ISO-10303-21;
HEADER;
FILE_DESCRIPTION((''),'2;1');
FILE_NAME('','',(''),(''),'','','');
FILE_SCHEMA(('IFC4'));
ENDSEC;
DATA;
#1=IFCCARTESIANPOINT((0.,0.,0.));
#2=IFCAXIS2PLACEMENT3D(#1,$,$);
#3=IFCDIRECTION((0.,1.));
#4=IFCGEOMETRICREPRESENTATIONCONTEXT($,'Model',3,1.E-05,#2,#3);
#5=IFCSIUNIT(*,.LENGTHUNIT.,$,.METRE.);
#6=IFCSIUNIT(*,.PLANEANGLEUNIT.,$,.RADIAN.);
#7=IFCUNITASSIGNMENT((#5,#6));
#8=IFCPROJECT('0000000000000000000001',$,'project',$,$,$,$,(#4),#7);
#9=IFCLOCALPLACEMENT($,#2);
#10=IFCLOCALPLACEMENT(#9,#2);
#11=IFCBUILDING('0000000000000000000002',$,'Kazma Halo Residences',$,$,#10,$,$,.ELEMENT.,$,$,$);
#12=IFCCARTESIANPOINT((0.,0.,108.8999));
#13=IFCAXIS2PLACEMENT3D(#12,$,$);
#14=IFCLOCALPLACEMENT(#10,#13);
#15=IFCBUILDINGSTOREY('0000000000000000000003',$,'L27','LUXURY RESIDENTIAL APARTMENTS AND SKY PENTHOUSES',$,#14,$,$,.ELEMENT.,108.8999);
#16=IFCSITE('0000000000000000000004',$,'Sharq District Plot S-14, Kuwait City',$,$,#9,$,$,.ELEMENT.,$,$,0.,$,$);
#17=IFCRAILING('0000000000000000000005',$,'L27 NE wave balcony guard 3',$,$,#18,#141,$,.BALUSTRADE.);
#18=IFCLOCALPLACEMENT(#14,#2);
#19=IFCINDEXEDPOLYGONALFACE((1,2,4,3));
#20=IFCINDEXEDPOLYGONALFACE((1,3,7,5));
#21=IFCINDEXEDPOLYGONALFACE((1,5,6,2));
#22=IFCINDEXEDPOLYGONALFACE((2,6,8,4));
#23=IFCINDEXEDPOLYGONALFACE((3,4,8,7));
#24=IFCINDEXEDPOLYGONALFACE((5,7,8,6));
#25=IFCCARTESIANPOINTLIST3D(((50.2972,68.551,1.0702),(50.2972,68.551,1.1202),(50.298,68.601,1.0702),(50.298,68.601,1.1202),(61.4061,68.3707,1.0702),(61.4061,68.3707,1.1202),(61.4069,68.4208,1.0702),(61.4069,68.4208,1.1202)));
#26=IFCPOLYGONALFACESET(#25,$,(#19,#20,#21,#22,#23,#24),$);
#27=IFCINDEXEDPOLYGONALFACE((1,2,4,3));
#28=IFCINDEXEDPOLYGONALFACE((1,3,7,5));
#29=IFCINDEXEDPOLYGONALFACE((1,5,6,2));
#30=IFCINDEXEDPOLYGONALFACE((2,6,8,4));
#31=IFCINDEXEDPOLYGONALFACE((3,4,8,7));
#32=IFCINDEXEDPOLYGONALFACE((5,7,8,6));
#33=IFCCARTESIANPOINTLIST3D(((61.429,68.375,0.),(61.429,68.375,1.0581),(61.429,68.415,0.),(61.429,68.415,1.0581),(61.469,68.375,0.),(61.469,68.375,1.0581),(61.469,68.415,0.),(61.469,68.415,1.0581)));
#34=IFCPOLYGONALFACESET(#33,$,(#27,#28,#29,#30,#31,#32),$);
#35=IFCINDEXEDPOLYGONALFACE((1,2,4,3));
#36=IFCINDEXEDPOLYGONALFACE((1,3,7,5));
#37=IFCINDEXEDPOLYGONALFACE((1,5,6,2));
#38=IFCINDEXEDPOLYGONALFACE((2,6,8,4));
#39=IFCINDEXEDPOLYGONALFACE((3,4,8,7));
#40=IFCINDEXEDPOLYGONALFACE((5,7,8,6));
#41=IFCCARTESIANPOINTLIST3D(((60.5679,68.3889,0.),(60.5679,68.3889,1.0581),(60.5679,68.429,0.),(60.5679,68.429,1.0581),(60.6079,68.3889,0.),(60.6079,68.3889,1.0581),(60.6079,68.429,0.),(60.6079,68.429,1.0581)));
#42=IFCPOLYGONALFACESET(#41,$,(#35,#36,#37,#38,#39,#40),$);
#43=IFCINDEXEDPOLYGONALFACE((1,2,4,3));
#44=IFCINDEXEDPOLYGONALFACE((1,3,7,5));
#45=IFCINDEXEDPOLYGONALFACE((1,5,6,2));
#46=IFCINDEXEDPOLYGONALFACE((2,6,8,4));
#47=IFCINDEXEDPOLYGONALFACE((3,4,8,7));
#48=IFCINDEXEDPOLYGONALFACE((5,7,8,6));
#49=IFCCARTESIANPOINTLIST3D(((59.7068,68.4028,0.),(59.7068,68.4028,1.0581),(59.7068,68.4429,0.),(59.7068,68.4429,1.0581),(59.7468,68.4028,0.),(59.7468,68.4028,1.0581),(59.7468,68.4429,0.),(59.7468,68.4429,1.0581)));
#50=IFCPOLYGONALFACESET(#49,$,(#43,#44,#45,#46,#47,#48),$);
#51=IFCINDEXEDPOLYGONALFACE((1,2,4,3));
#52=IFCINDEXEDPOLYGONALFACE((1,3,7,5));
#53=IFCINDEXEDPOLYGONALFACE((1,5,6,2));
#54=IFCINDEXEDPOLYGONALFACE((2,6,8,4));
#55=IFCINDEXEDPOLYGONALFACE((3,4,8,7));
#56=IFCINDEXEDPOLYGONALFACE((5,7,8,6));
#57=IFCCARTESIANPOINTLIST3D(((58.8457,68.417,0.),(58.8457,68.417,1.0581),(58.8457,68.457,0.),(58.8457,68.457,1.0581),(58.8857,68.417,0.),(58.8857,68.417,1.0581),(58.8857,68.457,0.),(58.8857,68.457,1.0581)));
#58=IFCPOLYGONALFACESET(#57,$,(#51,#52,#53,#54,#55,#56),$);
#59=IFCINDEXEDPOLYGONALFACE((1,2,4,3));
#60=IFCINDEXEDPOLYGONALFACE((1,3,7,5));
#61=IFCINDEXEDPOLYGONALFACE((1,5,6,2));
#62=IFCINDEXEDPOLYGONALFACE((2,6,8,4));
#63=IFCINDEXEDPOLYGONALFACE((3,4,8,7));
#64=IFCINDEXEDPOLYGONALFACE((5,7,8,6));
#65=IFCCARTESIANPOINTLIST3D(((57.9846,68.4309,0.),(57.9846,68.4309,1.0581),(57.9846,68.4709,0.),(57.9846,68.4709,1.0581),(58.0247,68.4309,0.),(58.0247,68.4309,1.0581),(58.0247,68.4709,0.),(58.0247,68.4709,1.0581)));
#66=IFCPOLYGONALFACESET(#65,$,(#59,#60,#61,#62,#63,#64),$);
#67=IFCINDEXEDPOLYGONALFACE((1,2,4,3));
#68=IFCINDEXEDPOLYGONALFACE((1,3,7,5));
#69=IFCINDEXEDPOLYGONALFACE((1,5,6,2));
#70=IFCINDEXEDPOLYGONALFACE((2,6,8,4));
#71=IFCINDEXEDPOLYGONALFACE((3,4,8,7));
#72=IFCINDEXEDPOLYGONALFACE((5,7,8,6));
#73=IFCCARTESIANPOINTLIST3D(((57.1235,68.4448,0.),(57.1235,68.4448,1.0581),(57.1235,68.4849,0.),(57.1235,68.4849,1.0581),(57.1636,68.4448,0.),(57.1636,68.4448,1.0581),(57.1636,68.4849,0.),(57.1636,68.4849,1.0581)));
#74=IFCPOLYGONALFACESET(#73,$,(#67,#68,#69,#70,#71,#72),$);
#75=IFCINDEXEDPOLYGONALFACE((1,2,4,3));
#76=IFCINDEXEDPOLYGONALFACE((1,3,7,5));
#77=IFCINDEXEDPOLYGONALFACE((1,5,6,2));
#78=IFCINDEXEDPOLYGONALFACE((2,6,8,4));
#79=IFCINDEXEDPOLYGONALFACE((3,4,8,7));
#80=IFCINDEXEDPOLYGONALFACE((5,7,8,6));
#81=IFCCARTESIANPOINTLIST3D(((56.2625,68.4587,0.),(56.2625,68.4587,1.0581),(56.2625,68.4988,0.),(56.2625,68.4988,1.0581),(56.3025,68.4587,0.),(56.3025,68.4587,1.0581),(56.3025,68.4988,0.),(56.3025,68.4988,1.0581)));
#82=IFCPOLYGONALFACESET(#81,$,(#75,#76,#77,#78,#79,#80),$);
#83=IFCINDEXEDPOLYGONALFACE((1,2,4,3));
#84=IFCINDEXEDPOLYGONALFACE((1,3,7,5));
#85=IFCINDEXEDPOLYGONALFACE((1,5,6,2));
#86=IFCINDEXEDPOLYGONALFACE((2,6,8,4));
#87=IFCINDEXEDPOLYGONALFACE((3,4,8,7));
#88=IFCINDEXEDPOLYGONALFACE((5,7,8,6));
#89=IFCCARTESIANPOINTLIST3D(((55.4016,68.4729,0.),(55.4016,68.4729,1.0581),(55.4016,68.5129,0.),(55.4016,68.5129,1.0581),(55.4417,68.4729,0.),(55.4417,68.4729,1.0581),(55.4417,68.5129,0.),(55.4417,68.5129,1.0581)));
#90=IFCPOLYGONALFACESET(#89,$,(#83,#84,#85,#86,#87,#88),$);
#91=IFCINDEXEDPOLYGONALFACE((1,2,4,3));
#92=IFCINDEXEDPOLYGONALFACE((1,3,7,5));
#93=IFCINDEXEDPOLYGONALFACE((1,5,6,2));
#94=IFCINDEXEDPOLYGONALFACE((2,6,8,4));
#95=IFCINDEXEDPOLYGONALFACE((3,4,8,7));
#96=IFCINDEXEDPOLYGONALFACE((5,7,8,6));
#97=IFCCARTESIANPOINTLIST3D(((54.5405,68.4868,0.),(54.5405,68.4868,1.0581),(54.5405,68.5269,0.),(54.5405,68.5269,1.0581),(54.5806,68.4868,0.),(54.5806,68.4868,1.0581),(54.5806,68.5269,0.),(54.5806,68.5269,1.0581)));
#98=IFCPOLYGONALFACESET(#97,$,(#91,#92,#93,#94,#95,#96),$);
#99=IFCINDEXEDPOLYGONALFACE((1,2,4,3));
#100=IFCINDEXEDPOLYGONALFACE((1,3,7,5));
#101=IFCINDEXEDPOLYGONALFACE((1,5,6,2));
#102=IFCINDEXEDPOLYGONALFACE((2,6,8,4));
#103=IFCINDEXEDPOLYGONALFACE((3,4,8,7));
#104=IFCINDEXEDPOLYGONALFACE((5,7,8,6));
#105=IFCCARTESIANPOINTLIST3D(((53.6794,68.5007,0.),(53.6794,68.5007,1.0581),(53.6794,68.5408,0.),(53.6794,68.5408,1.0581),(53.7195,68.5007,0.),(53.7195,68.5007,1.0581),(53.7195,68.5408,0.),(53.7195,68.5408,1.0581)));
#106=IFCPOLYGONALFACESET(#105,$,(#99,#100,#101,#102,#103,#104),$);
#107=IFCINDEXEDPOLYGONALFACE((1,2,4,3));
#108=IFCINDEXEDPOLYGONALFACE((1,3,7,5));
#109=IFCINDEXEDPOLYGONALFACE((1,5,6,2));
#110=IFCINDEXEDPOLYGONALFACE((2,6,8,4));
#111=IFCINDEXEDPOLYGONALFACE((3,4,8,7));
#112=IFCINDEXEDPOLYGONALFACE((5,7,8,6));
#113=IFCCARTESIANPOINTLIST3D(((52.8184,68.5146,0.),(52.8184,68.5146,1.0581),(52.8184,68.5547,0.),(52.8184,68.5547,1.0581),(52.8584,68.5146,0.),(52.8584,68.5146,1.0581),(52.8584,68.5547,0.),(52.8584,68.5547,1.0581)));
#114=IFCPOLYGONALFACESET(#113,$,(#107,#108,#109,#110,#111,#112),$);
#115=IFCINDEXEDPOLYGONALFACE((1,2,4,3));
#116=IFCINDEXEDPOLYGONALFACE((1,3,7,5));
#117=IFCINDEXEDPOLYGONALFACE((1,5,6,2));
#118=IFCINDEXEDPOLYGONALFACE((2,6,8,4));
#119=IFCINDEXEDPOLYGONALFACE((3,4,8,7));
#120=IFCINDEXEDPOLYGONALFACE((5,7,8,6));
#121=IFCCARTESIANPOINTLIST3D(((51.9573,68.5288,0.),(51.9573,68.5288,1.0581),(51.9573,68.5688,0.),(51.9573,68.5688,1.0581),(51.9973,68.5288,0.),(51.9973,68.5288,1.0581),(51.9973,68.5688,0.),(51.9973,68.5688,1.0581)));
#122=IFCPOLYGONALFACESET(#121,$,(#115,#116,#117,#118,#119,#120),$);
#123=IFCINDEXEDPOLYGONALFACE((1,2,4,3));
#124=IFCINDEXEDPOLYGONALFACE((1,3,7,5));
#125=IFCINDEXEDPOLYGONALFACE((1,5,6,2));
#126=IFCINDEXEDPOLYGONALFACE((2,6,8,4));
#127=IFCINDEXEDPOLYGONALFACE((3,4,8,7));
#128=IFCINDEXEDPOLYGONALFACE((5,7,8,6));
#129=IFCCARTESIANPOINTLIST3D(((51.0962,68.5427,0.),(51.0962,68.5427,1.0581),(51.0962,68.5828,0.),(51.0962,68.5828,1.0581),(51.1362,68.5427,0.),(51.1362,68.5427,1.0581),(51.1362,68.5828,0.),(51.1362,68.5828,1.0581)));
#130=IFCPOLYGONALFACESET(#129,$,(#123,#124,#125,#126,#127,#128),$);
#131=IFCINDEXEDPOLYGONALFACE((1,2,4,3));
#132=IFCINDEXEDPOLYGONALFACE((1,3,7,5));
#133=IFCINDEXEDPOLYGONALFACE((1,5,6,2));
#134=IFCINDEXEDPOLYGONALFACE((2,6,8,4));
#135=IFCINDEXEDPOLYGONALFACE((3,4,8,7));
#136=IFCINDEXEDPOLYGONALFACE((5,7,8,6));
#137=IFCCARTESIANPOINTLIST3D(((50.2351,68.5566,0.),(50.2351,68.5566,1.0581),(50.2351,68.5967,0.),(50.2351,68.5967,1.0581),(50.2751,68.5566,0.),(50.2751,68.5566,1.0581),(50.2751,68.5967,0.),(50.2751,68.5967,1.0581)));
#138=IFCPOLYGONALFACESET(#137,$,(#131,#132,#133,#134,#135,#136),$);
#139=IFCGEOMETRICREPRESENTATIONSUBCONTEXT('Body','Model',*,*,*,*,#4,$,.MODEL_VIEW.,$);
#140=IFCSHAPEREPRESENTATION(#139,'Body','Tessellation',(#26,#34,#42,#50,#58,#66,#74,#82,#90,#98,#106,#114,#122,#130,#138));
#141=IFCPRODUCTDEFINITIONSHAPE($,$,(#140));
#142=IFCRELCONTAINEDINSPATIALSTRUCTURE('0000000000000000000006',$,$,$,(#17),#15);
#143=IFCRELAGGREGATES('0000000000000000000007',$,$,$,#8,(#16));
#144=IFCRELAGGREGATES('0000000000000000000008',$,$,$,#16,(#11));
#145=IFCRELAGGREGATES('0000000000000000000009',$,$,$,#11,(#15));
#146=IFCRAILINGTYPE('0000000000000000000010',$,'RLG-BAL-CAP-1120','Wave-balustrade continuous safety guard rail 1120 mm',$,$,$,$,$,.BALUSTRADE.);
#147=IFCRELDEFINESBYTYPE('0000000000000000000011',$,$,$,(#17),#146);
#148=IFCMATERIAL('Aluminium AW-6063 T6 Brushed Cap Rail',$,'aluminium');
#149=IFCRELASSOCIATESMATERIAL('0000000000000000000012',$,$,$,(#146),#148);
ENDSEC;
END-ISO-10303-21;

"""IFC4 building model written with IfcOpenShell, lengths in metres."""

from ifc_helpers import new_model, si_unit, direction, frame, origin, origin_2d, place, context, subcontext, project, spatial, rectangle, extrude, material, type_object, element, save


model = new_model("IFC4")

# Units and contexts
model_context = context("Model", 3, precision=1e-05, world=origin(), true_north=direction((0.0, 1.0)))
body_context = subcontext(model_context, "Body", "Model", "MODEL_VIEW")
ifc_project = project(units=[si_unit("LENGTHUNIT", "METRE"), si_unit("PLANEANGLEUNIT", "RADIAN")], contexts=[model_context])

# Site, building, storey
site_placement = place(None, origin())
site = spatial("IfcSite", under=ifc_project, at=site_placement, Name="Sharq District Plot S-14, Kuwait City", CompositionType="ELEMENT", RefElevation=0.0)
building_placement = place(site_placement, origin())
building = spatial("IfcBuilding", under=site, at=building_placement, Name="Kazma Halo Residences", CompositionType="ELEMENT")
storey_placement = place(building_placement, frame((0.0, 0.0, 108.8999)))
storey = spatial("IfcBuildingStorey", under=building, at=storey_placement, Name="L27", Description="LUXURY RESIDENTIAL APARTMENTS AND SKY PENTHOUSES", CompositionType="ELEMENT", Elevation=108.8999)

# Railing
ifc_material_1 = material(Name="Aluminium AW-6063 T6 Brushed Cap Rail", Category="aluminium")
railing_type = type_object("IfcRailingType", Name="RLG-BAL-CAP-1120", Description="Wave-balustrade continuous safety guard rail 1120 mm", PredefinedType="BALUSTRADE", material=ifc_material_1)
railing_1_placement = place(storey_placement, frame((61.449, 68.395, 0.0)))
element("IfcRailing", 1, at=railing_1_placement, inside=storey, type_object=railing_type, Name="L27 NE wave balcony guard 3", PredefinedType="BALUSTRADE", context=body_context, shape_type="SweptSolid", body=[
    extrude(rectangle(XDim=0.05, YDim=0.05, at=origin_2d()), frame((-0.0425, 0.0007, 1.0952), z_axis=(-0.999868, 0.016225, 0.0), x_axis=(-0.016225, -0.999868, 0.0)), (0.0, 0.0, 1.0), 11.1104),
    extrude(rectangle(XDim=0.04, YDim=0.04, at=origin_2d()), origin(), (0.0, 0.0, 1.0), 1.0581),
    extrude(rectangle(XDim=0.04, YDim=0.04, at=origin_2d()), frame((-0.8611, 0.0139, 0.0)), (0.0, 0.0, 1.0), 1.0581),
    extrude(rectangle(XDim=0.04, YDim=0.04, at=origin_2d()), frame((-1.7222, 0.0278, 0.0)), (0.0, 0.0, 1.0), 1.0581),
    extrude(rectangle(XDim=0.04, YDim=0.04, at=origin_2d()), frame((-2.5833, 0.042, 0.0)), (0.0, 0.0, 1.0), 1.0581),
    extrude(rectangle(XDim=0.04, YDim=0.04, at=origin_2d()), frame((-3.4443, 0.0559, 0.0)), (0.0, 0.0, 1.0), 1.0581),
    extrude(rectangle(XDim=0.04, YDim=0.04, at=origin_2d()), frame((-4.3054, 0.0698, 0.0)), (0.0, 0.0, 1.0), 1.0581),
    extrude(rectangle(XDim=0.04, YDim=0.04, at=origin_2d()), frame((-5.1665, 0.0837, 0.0)), (0.0, 0.0, 1.0), 1.0581),
    extrude(rectangle(XDim=0.04, YDim=0.04, at=origin_2d()), frame((-6.0273, 0.0979, 0.0)), (0.0, 0.0, 1.0), 1.0581),
    extrude(rectangle(XDim=0.04, YDim=0.04, at=origin_2d()), frame((-6.8884, 0.1118, 0.0)), (0.0, 0.0, 1.0), 1.0581),
    extrude(rectangle(XDim=0.04, YDim=0.04, at=origin_2d()), frame((-7.7495, 0.1257, 0.0)), (0.0, 0.0, 1.0), 1.0581),
    extrude(rectangle(XDim=0.04, YDim=0.04, at=origin_2d()), frame((-8.6106, 0.1396, 0.0)), (0.0, 0.0, 1.0), 1.0581),
    extrude(rectangle(XDim=0.04, YDim=0.04, at=origin_2d()), frame((-9.4717, 0.1538, 0.0)), (0.0, 0.0, 1.0), 1.0581),
    extrude(rectangle(XDim=0.04, YDim=0.04, at=origin_2d()), frame((-10.3328, 0.1677, 0.0)), (0.0, 0.0, 1.0), 1.0581),
    extrude(rectangle(XDim=0.04, YDim=0.04, at=origin_2d()), frame((-11.1938, 0.1816, 0.0)), (0.0, 0.0, 1.0), 1.0581),
])

save(model, "model.ifc")
